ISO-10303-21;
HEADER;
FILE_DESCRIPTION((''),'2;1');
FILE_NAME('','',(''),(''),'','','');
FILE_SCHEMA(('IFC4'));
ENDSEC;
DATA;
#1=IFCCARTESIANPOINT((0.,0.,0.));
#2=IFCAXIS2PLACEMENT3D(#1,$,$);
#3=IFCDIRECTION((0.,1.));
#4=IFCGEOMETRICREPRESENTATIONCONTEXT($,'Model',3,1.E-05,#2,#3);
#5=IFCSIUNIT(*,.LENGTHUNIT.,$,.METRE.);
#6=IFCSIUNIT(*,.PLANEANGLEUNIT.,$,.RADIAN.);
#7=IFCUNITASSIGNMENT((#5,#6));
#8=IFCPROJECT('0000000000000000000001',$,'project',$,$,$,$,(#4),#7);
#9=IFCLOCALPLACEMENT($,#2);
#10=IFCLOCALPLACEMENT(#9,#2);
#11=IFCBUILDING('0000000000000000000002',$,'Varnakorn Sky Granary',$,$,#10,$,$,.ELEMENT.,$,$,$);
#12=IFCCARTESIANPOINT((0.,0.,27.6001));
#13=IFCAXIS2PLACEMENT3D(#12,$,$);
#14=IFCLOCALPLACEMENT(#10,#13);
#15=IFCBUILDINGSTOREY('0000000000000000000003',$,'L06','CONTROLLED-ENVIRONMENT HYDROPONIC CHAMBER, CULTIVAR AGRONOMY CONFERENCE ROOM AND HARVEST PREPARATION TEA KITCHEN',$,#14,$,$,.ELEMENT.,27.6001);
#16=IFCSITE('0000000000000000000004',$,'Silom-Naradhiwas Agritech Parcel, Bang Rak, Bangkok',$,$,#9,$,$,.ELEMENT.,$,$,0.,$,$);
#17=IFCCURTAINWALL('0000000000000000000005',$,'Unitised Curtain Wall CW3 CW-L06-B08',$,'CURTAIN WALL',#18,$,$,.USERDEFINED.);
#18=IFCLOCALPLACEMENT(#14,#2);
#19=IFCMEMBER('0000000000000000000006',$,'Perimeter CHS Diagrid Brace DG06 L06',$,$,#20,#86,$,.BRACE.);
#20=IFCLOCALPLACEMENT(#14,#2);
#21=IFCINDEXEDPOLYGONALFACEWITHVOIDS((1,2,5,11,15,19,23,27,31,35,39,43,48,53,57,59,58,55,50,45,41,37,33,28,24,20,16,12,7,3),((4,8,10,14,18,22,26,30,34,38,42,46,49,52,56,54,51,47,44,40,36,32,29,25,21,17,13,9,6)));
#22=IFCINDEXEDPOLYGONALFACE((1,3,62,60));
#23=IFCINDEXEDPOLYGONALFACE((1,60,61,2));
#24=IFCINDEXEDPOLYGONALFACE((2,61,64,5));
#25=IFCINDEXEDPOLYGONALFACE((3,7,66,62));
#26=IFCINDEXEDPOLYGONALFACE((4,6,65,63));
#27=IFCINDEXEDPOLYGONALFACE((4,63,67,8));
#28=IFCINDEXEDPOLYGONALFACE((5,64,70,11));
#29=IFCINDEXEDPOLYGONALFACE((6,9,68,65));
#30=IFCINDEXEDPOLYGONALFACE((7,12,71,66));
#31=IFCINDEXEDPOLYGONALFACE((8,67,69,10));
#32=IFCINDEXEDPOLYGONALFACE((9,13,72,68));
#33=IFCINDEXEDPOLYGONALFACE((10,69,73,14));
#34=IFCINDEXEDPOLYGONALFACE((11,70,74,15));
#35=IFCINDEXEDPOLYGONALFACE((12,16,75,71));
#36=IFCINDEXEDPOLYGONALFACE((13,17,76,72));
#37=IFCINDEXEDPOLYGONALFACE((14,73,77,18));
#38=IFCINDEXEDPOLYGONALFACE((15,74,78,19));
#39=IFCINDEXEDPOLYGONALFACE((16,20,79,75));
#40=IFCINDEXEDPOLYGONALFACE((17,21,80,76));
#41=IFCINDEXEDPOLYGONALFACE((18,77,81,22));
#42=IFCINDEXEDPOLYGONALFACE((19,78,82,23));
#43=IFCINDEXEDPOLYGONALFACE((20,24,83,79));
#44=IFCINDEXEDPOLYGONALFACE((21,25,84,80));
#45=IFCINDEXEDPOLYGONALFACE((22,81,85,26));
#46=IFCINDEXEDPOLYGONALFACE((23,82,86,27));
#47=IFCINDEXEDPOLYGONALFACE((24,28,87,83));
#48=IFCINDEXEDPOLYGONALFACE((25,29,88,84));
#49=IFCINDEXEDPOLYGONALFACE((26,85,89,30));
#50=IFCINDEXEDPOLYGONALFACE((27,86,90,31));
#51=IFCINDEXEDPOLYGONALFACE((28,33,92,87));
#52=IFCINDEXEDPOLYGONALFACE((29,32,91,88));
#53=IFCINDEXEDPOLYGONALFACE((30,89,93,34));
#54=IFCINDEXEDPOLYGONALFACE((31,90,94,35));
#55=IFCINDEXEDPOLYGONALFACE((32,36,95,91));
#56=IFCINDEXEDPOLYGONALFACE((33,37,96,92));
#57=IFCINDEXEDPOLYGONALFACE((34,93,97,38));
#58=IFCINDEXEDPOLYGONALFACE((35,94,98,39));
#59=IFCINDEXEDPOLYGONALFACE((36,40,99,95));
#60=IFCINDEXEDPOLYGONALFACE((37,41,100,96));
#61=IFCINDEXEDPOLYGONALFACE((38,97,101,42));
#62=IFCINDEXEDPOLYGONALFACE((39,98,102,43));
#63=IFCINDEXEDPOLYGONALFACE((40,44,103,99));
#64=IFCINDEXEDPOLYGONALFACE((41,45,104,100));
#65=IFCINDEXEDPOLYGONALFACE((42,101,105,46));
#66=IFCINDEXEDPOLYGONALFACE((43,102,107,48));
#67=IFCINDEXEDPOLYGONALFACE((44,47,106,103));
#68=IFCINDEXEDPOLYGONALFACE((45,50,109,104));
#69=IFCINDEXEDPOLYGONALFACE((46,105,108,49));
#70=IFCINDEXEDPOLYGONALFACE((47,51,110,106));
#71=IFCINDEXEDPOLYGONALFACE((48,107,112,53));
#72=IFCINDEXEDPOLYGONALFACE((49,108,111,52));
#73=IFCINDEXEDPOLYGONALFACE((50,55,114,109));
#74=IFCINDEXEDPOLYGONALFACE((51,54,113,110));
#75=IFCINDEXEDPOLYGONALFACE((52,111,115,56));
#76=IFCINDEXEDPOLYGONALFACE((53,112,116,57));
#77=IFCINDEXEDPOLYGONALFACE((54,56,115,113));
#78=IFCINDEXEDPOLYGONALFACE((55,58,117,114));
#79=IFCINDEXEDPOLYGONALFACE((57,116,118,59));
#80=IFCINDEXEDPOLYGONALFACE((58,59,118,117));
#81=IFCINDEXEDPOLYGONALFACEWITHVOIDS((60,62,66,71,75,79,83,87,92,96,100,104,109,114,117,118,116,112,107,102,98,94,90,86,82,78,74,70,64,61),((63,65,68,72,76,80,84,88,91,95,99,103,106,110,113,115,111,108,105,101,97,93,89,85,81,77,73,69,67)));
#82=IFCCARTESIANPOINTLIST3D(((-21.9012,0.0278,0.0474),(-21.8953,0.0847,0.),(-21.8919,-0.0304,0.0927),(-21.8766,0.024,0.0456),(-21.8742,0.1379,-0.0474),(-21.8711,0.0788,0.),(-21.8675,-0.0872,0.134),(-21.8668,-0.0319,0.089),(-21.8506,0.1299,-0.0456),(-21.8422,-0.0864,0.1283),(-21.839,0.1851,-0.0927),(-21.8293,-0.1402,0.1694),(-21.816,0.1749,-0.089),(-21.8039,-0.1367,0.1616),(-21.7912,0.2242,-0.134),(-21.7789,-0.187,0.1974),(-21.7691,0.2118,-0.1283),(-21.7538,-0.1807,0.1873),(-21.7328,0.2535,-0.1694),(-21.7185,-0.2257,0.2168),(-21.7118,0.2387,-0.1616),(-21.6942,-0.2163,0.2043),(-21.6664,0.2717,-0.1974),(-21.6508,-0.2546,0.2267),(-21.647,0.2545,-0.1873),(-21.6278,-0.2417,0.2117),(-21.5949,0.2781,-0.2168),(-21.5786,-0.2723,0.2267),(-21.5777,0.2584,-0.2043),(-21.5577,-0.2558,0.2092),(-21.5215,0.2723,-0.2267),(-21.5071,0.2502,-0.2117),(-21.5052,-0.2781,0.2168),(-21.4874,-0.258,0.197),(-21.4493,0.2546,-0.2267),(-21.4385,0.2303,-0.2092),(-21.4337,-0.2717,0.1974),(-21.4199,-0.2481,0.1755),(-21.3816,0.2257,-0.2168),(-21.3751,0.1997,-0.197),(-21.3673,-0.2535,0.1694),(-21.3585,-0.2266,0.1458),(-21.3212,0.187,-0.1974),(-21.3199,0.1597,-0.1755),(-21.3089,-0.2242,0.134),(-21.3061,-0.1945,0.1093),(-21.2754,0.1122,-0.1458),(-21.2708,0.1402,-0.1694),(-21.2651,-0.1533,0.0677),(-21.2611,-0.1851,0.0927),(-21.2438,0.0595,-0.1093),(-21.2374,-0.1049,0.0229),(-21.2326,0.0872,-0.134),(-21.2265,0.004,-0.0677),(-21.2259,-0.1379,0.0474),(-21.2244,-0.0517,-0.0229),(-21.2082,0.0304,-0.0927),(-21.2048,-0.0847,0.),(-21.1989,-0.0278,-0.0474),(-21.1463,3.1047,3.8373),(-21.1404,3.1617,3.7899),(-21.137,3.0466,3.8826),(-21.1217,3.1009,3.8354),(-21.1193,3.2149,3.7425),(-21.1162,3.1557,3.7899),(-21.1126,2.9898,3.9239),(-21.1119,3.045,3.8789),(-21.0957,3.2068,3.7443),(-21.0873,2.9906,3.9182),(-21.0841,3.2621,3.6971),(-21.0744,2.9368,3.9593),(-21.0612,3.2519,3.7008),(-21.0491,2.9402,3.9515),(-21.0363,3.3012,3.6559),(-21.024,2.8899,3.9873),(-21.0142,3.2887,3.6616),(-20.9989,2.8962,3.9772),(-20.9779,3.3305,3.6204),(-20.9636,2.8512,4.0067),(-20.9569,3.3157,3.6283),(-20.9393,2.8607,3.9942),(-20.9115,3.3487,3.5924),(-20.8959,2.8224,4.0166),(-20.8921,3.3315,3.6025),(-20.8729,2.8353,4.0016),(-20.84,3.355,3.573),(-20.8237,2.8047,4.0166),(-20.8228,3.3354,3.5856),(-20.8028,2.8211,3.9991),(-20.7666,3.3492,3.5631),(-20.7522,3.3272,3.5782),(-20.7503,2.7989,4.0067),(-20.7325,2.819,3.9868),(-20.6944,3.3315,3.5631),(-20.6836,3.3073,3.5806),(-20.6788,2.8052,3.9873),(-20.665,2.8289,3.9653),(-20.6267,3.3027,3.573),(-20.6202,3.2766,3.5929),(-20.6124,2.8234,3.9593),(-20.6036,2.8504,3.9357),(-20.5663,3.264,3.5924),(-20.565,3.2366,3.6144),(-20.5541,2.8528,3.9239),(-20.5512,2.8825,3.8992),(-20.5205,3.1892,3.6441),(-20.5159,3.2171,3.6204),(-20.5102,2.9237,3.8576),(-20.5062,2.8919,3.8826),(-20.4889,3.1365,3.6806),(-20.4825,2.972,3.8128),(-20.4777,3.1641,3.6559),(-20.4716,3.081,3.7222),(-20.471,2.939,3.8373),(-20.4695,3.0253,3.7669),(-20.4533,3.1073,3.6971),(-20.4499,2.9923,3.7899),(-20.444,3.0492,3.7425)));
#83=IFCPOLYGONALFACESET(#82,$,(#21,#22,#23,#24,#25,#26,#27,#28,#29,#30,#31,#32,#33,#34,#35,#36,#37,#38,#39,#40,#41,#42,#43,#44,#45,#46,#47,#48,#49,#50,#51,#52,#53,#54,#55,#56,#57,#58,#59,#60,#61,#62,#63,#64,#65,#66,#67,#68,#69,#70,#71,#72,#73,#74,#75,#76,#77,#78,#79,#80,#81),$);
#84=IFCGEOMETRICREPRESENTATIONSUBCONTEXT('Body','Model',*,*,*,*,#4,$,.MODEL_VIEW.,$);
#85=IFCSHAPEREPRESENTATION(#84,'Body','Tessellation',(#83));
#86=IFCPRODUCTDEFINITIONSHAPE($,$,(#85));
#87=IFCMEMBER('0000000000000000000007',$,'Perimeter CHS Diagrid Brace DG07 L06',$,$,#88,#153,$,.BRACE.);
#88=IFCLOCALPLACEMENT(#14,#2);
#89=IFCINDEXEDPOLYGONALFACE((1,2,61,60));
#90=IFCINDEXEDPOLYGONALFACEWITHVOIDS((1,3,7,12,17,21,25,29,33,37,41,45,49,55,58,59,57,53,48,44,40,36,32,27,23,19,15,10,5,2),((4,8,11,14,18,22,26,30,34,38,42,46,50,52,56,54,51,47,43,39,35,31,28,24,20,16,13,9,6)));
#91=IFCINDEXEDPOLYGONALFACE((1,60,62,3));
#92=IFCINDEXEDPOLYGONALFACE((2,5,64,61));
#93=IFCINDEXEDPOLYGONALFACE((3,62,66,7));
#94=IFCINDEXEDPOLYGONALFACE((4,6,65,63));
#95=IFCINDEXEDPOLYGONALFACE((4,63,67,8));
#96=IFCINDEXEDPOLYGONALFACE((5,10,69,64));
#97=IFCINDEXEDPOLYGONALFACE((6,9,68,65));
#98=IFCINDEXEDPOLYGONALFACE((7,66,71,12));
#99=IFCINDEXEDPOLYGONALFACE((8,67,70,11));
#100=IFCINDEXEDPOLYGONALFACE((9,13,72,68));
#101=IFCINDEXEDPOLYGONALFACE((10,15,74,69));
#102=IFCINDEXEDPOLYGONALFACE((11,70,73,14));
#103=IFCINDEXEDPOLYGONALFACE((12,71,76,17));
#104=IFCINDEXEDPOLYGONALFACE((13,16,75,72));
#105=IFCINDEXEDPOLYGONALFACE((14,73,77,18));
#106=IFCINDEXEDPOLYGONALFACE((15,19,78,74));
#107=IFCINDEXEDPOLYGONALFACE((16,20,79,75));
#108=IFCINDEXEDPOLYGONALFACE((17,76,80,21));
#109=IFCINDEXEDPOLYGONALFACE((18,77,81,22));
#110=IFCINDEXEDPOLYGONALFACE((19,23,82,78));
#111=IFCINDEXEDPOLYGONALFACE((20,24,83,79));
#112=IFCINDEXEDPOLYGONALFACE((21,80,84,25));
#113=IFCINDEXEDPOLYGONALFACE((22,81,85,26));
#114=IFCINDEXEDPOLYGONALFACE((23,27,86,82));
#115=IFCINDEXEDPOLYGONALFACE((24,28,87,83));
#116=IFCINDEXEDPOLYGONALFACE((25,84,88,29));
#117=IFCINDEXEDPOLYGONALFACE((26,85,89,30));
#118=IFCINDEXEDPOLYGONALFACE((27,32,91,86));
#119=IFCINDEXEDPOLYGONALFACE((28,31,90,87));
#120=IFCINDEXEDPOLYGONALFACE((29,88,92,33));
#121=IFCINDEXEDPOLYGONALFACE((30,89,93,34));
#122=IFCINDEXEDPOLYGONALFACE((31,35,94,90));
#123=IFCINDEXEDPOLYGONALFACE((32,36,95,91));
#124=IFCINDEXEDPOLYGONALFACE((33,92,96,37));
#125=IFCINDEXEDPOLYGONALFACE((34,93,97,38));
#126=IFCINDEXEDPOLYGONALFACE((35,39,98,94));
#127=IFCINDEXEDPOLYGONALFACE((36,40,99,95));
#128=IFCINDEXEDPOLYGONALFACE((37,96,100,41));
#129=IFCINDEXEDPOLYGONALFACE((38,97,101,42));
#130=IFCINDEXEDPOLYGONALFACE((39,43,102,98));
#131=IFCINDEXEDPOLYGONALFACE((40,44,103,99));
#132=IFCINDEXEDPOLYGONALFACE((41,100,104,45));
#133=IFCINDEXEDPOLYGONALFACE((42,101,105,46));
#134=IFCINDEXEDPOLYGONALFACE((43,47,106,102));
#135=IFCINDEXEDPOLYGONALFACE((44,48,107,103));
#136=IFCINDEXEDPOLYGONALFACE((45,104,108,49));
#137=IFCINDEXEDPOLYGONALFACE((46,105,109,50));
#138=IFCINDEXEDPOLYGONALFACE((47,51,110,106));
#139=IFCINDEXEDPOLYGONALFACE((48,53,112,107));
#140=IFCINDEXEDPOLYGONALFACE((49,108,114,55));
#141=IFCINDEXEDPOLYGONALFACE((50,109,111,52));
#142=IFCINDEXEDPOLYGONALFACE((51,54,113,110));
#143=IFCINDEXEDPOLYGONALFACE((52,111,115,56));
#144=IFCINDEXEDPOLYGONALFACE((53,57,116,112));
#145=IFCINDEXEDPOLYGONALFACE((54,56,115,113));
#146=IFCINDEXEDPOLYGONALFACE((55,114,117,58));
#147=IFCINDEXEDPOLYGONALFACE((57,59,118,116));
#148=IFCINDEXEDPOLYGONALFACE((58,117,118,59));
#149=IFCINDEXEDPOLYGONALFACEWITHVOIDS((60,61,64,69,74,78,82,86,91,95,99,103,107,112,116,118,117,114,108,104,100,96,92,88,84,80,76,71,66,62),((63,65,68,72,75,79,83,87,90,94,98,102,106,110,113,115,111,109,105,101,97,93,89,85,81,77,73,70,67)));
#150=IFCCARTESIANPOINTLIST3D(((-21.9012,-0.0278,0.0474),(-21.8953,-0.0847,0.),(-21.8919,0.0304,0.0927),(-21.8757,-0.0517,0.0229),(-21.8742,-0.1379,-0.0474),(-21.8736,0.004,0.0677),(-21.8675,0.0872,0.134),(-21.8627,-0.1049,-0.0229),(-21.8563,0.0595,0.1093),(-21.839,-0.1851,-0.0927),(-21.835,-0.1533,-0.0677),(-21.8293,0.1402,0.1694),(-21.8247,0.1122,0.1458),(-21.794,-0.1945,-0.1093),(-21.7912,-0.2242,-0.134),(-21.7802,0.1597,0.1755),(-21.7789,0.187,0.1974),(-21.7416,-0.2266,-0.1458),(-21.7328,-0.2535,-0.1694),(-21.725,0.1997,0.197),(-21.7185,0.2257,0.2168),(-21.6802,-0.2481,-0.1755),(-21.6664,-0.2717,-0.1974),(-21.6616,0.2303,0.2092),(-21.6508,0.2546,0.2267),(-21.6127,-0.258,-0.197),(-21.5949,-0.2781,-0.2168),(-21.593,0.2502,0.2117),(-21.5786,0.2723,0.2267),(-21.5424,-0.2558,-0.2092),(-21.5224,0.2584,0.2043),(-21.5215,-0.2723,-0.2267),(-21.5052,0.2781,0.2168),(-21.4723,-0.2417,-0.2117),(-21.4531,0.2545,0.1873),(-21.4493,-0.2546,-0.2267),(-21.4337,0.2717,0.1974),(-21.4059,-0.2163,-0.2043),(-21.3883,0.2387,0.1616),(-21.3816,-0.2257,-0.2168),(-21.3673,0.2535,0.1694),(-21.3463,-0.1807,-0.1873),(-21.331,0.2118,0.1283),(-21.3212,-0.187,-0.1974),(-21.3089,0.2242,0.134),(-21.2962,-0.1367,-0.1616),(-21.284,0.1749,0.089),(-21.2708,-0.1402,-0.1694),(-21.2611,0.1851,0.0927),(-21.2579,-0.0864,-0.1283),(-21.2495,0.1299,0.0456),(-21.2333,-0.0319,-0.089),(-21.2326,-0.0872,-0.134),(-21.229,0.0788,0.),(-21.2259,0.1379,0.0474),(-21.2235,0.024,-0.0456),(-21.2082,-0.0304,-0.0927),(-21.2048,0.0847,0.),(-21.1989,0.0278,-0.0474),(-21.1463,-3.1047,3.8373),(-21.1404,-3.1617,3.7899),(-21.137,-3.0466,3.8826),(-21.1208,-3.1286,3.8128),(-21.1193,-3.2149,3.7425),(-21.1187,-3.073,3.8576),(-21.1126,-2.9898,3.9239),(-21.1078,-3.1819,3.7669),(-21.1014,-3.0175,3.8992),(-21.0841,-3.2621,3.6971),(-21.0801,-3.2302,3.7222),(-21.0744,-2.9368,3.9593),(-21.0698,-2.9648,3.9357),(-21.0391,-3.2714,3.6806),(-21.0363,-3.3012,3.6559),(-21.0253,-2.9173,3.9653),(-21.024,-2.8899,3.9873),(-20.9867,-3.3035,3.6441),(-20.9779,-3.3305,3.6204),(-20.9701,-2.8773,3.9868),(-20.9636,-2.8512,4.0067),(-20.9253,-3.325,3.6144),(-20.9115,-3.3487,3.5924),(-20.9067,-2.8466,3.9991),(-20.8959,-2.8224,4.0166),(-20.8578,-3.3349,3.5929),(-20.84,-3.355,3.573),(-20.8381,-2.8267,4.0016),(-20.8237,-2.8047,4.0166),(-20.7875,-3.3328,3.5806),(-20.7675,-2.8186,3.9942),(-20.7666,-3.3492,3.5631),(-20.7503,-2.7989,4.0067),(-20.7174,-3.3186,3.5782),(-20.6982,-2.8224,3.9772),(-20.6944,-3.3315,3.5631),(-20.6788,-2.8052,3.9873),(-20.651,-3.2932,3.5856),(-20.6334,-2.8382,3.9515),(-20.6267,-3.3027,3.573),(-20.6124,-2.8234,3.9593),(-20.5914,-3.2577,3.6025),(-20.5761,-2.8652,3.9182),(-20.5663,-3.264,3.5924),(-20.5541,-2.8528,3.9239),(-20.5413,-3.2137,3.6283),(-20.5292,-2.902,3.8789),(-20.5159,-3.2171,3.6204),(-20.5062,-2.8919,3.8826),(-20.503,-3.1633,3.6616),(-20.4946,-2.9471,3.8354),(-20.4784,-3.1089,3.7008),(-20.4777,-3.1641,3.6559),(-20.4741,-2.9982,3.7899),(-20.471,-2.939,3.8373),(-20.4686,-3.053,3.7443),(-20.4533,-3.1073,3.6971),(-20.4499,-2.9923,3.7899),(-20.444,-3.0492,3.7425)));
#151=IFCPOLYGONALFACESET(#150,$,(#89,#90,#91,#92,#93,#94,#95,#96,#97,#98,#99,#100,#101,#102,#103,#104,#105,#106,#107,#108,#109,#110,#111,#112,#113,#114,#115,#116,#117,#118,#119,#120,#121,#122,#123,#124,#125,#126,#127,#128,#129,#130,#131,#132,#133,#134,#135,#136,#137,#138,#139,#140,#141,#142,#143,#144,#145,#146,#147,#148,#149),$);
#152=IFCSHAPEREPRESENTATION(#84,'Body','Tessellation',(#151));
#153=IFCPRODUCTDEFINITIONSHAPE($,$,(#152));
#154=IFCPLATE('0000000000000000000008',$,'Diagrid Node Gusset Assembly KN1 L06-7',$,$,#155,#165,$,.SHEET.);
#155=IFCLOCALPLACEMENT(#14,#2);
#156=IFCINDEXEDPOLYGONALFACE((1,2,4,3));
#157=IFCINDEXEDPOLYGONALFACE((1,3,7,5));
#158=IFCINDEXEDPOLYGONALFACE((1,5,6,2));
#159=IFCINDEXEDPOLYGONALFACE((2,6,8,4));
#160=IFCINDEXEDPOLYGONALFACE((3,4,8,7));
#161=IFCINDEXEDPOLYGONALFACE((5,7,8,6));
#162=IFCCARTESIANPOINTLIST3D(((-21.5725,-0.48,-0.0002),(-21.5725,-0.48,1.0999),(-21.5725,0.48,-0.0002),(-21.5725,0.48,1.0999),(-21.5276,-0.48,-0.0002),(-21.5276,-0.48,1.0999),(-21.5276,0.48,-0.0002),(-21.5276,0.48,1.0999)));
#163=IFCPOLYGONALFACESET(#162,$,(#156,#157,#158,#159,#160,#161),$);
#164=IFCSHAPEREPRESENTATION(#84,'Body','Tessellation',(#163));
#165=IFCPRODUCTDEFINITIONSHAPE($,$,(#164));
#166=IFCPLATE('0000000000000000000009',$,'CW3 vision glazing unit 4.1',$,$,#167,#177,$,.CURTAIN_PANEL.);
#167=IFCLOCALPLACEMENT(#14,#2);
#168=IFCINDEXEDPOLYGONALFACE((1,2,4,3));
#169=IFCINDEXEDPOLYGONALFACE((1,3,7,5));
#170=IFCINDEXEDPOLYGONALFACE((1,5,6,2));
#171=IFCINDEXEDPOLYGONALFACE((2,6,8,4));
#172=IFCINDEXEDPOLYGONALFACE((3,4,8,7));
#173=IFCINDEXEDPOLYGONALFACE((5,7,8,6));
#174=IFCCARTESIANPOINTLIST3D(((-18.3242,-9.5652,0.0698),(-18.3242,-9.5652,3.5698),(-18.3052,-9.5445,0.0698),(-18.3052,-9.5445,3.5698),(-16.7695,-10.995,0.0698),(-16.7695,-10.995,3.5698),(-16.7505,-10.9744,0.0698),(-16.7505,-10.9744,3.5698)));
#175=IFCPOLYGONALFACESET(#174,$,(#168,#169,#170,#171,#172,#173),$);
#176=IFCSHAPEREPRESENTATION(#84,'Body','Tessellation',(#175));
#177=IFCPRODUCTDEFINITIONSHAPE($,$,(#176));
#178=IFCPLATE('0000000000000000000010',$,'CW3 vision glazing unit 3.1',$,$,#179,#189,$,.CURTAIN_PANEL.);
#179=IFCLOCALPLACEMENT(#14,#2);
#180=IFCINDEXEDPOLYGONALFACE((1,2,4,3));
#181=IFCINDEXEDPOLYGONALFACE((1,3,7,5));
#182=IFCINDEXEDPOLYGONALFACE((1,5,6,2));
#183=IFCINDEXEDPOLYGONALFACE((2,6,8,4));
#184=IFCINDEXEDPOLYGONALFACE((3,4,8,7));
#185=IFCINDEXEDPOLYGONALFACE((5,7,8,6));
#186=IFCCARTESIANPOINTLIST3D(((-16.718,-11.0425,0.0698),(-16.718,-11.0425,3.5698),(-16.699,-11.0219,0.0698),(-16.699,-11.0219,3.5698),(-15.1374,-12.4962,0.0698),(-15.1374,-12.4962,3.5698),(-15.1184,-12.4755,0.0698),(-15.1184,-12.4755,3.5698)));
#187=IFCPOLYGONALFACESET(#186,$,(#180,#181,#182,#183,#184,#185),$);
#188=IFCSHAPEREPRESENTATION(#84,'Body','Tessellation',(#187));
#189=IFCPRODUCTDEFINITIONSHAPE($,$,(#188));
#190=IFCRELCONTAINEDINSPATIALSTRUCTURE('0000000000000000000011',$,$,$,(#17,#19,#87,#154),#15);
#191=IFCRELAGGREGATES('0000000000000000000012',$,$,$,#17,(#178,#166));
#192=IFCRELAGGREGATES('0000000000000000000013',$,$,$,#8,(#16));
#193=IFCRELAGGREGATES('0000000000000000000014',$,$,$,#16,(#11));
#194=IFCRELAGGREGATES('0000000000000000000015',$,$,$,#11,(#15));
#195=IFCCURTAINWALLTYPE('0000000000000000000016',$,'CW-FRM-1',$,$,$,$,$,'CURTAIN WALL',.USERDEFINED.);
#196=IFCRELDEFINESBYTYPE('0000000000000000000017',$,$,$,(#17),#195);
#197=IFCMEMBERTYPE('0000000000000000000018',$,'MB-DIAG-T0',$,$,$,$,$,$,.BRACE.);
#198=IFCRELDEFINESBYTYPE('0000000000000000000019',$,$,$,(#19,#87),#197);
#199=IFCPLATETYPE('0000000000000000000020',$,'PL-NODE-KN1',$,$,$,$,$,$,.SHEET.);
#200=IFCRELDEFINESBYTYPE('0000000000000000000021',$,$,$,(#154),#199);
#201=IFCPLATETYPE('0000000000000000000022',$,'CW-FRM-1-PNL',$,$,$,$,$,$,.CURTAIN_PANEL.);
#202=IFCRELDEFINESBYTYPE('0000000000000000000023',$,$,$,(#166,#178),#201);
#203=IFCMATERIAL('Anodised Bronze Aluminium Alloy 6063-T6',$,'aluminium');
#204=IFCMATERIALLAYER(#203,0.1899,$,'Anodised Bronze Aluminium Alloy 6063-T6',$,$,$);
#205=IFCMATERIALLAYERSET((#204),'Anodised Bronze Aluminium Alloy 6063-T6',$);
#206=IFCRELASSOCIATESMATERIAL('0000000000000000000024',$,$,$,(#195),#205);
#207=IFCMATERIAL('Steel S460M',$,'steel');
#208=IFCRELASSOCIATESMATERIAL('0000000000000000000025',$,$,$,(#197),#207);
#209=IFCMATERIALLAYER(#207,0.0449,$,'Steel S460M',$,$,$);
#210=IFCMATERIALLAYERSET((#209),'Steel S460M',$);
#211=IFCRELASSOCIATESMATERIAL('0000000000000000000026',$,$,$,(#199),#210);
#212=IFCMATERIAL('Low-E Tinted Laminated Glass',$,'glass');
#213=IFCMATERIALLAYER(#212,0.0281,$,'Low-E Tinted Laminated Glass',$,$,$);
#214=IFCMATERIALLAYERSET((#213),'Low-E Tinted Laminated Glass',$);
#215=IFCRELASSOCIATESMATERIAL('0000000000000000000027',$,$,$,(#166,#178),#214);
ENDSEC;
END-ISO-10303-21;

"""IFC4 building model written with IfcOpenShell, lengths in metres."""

from ifc_helpers import new_model, si_unit, direction, frame, origin, origin_2d, place, context, subcontext, project, spatial, rectangle, hollow_circle, extrude, source, transform, mapped, material, layer, layer_set, material_profile, profile_set, type_object, element, aggregate, save


model = new_model("IFC4")

# Units and contexts
model_context = context("Model", 3, precision=1e-05, world=origin(), true_north=direction((0.0, 1.0)))
body_context = subcontext(model_context, "Body", "Model", "MODEL_VIEW")
ifc_project = project(units=[si_unit("LENGTHUNIT", "METRE"), si_unit("PLANEANGLEUNIT", "RADIAN")], contexts=[model_context])

# Site, building, storey
site_placement = place(None, origin())
site = spatial("IfcSite", under=ifc_project, at=site_placement, Name="Silom-Naradhiwas Agritech Parcel, Bang Rak, Bangkok", CompositionType="ELEMENT", RefElevation=0.0)
building_placement = place(site_placement, origin())
building = spatial("IfcBuilding", under=site, at=building_placement, Name="Varnakorn Sky Granary", CompositionType="ELEMENT")
storey_placement = place(building_placement, frame((0.0, 0.0, 27.6001)))
storey = spatial("IfcBuildingStorey", under=building, at=storey_placement, Name="L06", Description="CONTROLLED-ENVIRONMENT HYDROPONIC CHAMBER, CULTIVAR AGRONOMY CONFERENCE ROOM AND HARVEST PREPARATION TEA KITCHEN", CompositionType="ELEMENT", Elevation=27.6001)

# Shared definitions
ifc_material_1 = material(Name="Steel S460M", Category="steel")

# Curtain wall
ifc_material_2 = material(Name="Anodised Bronze Aluminium Alloy 6063-T6", Category="aluminium")
ifc_layer_1 = layer(ifc_material_2, 0.1899, Name="Anodised Bronze Aluminium Alloy 6063-T6")
ifc_layer_set_1 = layer_set([ifc_layer_1], Name="Anodised Bronze Aluminium Alloy 6063-T6")
curtain_wall_type = type_object("IfcCurtainWallType", Name="CW-FRM-1", ElementType="CURTAIN WALL", PredefinedType="USERDEFINED", material=ifc_layer_set_1)
curtain_wall_1_placement = place(storey_placement, origin())
curtain_wall_1 = element("IfcCurtainWall", 1, at=curtain_wall_1_placement, inside=storey, type_object=curtain_wall_type, Name="Unitised Curtain Wall CW3 CW-L06-B08", ObjectType="CURTAIN WALL", PredefinedType="USERDEFINED")

# Members
ifc_material_profile_1 = material_profile(ifc_material_1, hollow_circle(Radius=0.3555, WallThickness=0.0249, at=origin_2d()), Name="CHS 711x25")
ifc_profile_set_1 = profile_set([ifc_material_profile_1], Name="Steel S460M")
member_type_1 = type_object("IfcMemberType", Name="MB-DIAG-T0", PredefinedType="BRACE", material=ifc_profile_set_1)
for number, where, z_axis, x_axis, name in (
    (2, (-21.55, 0.0, 0.0), (0.152822, 0.622904, 0.767226), (-0.971198, 0.238272, 0.0), "Perimeter CHS Diagrid Brace DG06 L06"),
    (3, (-21.55, 0.0, 0.0), (0.152822, -0.622904, 0.767226), (0.971198, 0.238272, 0.0), "Perimeter CHS Diagrid Brace DG07 L06"),
):
    element("IfcMember", number, at=place(storey_placement, frame(where, z_axis=z_axis, x_axis=x_axis)), inside=storey, type_object=member_type_1, Name=name, PredefinedType="BRACE", context=body_context, shape_type="SweptSolid", body=[
        extrude(hollow_circle(Radius=0.3555, WallThickness=0.0249, at=origin_2d()), origin(), (0.0, 0.0, 1.0), 4.9397),
    ])

# Plates
ifc_layer_2 = layer(ifc_material_1, 0.0449, Name="Steel S460M")
ifc_layer_set_2 = layer_set([ifc_layer_2], Name="Steel S460M")
plate_type_1 = type_object("IfcPlateType", Name="PL-NODE-KN1", PredefinedType="SHEET", material=ifc_layer_set_2)
plate_1_placement = place(storey_placement, frame((-21.55, 0.0, -0.0002), z_axis=(0.0, 0.0, 1.0), x_axis=(0.0, -1.0, 0.0)))
element("IfcPlate", 4, at=plate_1_placement, inside=storey, type_object=plate_type_1, Name="Diagrid Node Gusset Assembly KN1 L06-7", PredefinedType="SHEET", context=body_context, shape_type="SweptSolid", body=[
    extrude(rectangle(XDim=0.96, YDim=0.0449, at=origin_2d()), origin(), (0.0, 0.0, 1.0), 1.1001),
])
ifc_material_3 = material(Name="Low-E Tinted Laminated Glass", Category="glass")
ifc_layer_3 = layer(ifc_material_3, 0.0281, Name="Low-E Tinted Laminated Glass")
ifc_layer_set_3 = layer_set([ifc_layer_3], Name="Low-E Tinted Laminated Glass")
plate_type_2 = type_object("IfcPlateType", Name="CW-FRM-1-PNL", PredefinedType="CURTAIN_PANEL")
shared_shape_1 = source(origin(), body_context, "Body", "SweptSolid", [
    extrude(rectangle(XDim=2.1123, YDim=0.0281, at=origin_2d()), origin(), (0.0, 0.0, 1.0), 3.5),
])
plate_2_placement = place(storey_placement, frame((-17.5374, -10.2698, 0.0698), z_axis=(0.0, 0.0, 1.0), x_axis=(-0.736062, 0.676914, 0.0)))
plate_2 = element("IfcPlate", 5, at=plate_2_placement, type_object=plate_type_2, material=ifc_layer_set_3, Name="CW3 vision glazing unit 4.1", PredefinedType="CURTAIN_PANEL", context=body_context, shape_type="MappedRepresentation", body=[
    mapped(shared_shape_1, transform((0.0, 0.0, 0.0), x_axis=(1.0, 0.0, 0.0), y_axis=(0.0, 1.0, 0.0), z_axis=(0.0, 0.0, 1.0), scale=1.0)),
])
shared_shape_2 = source(origin(), body_context, "Body", "SweptSolid", [
    extrude(rectangle(XDim=2.1475, YDim=0.0281, at=origin_2d()), origin(), (0.0, 0.0, 1.0), 3.5),
])
plate_3_placement = place(storey_placement, frame((-15.9182, -11.759, 0.0698), z_axis=(0.0, 0.0, 1.0), x_axis=(-0.736062, 0.676914, 0.0)))
plate_3 = element("IfcPlate", 6, at=plate_3_placement, type_object=plate_type_2, material=ifc_layer_set_3, Name="CW3 vision glazing unit 3.1", PredefinedType="CURTAIN_PANEL", context=body_context, shape_type="MappedRepresentation", body=[
    mapped(shared_shape_2, transform((0.0, 0.0, 0.0), x_axis=(1.0, 0.0, 0.0), y_axis=(0.0, 1.0, 0.0), z_axis=(0.0, 0.0, 1.0), scale=1.0)),
])
aggregate(curtain_wall_1, [plate_3, plate_2])

save(model, "model.ifc")
